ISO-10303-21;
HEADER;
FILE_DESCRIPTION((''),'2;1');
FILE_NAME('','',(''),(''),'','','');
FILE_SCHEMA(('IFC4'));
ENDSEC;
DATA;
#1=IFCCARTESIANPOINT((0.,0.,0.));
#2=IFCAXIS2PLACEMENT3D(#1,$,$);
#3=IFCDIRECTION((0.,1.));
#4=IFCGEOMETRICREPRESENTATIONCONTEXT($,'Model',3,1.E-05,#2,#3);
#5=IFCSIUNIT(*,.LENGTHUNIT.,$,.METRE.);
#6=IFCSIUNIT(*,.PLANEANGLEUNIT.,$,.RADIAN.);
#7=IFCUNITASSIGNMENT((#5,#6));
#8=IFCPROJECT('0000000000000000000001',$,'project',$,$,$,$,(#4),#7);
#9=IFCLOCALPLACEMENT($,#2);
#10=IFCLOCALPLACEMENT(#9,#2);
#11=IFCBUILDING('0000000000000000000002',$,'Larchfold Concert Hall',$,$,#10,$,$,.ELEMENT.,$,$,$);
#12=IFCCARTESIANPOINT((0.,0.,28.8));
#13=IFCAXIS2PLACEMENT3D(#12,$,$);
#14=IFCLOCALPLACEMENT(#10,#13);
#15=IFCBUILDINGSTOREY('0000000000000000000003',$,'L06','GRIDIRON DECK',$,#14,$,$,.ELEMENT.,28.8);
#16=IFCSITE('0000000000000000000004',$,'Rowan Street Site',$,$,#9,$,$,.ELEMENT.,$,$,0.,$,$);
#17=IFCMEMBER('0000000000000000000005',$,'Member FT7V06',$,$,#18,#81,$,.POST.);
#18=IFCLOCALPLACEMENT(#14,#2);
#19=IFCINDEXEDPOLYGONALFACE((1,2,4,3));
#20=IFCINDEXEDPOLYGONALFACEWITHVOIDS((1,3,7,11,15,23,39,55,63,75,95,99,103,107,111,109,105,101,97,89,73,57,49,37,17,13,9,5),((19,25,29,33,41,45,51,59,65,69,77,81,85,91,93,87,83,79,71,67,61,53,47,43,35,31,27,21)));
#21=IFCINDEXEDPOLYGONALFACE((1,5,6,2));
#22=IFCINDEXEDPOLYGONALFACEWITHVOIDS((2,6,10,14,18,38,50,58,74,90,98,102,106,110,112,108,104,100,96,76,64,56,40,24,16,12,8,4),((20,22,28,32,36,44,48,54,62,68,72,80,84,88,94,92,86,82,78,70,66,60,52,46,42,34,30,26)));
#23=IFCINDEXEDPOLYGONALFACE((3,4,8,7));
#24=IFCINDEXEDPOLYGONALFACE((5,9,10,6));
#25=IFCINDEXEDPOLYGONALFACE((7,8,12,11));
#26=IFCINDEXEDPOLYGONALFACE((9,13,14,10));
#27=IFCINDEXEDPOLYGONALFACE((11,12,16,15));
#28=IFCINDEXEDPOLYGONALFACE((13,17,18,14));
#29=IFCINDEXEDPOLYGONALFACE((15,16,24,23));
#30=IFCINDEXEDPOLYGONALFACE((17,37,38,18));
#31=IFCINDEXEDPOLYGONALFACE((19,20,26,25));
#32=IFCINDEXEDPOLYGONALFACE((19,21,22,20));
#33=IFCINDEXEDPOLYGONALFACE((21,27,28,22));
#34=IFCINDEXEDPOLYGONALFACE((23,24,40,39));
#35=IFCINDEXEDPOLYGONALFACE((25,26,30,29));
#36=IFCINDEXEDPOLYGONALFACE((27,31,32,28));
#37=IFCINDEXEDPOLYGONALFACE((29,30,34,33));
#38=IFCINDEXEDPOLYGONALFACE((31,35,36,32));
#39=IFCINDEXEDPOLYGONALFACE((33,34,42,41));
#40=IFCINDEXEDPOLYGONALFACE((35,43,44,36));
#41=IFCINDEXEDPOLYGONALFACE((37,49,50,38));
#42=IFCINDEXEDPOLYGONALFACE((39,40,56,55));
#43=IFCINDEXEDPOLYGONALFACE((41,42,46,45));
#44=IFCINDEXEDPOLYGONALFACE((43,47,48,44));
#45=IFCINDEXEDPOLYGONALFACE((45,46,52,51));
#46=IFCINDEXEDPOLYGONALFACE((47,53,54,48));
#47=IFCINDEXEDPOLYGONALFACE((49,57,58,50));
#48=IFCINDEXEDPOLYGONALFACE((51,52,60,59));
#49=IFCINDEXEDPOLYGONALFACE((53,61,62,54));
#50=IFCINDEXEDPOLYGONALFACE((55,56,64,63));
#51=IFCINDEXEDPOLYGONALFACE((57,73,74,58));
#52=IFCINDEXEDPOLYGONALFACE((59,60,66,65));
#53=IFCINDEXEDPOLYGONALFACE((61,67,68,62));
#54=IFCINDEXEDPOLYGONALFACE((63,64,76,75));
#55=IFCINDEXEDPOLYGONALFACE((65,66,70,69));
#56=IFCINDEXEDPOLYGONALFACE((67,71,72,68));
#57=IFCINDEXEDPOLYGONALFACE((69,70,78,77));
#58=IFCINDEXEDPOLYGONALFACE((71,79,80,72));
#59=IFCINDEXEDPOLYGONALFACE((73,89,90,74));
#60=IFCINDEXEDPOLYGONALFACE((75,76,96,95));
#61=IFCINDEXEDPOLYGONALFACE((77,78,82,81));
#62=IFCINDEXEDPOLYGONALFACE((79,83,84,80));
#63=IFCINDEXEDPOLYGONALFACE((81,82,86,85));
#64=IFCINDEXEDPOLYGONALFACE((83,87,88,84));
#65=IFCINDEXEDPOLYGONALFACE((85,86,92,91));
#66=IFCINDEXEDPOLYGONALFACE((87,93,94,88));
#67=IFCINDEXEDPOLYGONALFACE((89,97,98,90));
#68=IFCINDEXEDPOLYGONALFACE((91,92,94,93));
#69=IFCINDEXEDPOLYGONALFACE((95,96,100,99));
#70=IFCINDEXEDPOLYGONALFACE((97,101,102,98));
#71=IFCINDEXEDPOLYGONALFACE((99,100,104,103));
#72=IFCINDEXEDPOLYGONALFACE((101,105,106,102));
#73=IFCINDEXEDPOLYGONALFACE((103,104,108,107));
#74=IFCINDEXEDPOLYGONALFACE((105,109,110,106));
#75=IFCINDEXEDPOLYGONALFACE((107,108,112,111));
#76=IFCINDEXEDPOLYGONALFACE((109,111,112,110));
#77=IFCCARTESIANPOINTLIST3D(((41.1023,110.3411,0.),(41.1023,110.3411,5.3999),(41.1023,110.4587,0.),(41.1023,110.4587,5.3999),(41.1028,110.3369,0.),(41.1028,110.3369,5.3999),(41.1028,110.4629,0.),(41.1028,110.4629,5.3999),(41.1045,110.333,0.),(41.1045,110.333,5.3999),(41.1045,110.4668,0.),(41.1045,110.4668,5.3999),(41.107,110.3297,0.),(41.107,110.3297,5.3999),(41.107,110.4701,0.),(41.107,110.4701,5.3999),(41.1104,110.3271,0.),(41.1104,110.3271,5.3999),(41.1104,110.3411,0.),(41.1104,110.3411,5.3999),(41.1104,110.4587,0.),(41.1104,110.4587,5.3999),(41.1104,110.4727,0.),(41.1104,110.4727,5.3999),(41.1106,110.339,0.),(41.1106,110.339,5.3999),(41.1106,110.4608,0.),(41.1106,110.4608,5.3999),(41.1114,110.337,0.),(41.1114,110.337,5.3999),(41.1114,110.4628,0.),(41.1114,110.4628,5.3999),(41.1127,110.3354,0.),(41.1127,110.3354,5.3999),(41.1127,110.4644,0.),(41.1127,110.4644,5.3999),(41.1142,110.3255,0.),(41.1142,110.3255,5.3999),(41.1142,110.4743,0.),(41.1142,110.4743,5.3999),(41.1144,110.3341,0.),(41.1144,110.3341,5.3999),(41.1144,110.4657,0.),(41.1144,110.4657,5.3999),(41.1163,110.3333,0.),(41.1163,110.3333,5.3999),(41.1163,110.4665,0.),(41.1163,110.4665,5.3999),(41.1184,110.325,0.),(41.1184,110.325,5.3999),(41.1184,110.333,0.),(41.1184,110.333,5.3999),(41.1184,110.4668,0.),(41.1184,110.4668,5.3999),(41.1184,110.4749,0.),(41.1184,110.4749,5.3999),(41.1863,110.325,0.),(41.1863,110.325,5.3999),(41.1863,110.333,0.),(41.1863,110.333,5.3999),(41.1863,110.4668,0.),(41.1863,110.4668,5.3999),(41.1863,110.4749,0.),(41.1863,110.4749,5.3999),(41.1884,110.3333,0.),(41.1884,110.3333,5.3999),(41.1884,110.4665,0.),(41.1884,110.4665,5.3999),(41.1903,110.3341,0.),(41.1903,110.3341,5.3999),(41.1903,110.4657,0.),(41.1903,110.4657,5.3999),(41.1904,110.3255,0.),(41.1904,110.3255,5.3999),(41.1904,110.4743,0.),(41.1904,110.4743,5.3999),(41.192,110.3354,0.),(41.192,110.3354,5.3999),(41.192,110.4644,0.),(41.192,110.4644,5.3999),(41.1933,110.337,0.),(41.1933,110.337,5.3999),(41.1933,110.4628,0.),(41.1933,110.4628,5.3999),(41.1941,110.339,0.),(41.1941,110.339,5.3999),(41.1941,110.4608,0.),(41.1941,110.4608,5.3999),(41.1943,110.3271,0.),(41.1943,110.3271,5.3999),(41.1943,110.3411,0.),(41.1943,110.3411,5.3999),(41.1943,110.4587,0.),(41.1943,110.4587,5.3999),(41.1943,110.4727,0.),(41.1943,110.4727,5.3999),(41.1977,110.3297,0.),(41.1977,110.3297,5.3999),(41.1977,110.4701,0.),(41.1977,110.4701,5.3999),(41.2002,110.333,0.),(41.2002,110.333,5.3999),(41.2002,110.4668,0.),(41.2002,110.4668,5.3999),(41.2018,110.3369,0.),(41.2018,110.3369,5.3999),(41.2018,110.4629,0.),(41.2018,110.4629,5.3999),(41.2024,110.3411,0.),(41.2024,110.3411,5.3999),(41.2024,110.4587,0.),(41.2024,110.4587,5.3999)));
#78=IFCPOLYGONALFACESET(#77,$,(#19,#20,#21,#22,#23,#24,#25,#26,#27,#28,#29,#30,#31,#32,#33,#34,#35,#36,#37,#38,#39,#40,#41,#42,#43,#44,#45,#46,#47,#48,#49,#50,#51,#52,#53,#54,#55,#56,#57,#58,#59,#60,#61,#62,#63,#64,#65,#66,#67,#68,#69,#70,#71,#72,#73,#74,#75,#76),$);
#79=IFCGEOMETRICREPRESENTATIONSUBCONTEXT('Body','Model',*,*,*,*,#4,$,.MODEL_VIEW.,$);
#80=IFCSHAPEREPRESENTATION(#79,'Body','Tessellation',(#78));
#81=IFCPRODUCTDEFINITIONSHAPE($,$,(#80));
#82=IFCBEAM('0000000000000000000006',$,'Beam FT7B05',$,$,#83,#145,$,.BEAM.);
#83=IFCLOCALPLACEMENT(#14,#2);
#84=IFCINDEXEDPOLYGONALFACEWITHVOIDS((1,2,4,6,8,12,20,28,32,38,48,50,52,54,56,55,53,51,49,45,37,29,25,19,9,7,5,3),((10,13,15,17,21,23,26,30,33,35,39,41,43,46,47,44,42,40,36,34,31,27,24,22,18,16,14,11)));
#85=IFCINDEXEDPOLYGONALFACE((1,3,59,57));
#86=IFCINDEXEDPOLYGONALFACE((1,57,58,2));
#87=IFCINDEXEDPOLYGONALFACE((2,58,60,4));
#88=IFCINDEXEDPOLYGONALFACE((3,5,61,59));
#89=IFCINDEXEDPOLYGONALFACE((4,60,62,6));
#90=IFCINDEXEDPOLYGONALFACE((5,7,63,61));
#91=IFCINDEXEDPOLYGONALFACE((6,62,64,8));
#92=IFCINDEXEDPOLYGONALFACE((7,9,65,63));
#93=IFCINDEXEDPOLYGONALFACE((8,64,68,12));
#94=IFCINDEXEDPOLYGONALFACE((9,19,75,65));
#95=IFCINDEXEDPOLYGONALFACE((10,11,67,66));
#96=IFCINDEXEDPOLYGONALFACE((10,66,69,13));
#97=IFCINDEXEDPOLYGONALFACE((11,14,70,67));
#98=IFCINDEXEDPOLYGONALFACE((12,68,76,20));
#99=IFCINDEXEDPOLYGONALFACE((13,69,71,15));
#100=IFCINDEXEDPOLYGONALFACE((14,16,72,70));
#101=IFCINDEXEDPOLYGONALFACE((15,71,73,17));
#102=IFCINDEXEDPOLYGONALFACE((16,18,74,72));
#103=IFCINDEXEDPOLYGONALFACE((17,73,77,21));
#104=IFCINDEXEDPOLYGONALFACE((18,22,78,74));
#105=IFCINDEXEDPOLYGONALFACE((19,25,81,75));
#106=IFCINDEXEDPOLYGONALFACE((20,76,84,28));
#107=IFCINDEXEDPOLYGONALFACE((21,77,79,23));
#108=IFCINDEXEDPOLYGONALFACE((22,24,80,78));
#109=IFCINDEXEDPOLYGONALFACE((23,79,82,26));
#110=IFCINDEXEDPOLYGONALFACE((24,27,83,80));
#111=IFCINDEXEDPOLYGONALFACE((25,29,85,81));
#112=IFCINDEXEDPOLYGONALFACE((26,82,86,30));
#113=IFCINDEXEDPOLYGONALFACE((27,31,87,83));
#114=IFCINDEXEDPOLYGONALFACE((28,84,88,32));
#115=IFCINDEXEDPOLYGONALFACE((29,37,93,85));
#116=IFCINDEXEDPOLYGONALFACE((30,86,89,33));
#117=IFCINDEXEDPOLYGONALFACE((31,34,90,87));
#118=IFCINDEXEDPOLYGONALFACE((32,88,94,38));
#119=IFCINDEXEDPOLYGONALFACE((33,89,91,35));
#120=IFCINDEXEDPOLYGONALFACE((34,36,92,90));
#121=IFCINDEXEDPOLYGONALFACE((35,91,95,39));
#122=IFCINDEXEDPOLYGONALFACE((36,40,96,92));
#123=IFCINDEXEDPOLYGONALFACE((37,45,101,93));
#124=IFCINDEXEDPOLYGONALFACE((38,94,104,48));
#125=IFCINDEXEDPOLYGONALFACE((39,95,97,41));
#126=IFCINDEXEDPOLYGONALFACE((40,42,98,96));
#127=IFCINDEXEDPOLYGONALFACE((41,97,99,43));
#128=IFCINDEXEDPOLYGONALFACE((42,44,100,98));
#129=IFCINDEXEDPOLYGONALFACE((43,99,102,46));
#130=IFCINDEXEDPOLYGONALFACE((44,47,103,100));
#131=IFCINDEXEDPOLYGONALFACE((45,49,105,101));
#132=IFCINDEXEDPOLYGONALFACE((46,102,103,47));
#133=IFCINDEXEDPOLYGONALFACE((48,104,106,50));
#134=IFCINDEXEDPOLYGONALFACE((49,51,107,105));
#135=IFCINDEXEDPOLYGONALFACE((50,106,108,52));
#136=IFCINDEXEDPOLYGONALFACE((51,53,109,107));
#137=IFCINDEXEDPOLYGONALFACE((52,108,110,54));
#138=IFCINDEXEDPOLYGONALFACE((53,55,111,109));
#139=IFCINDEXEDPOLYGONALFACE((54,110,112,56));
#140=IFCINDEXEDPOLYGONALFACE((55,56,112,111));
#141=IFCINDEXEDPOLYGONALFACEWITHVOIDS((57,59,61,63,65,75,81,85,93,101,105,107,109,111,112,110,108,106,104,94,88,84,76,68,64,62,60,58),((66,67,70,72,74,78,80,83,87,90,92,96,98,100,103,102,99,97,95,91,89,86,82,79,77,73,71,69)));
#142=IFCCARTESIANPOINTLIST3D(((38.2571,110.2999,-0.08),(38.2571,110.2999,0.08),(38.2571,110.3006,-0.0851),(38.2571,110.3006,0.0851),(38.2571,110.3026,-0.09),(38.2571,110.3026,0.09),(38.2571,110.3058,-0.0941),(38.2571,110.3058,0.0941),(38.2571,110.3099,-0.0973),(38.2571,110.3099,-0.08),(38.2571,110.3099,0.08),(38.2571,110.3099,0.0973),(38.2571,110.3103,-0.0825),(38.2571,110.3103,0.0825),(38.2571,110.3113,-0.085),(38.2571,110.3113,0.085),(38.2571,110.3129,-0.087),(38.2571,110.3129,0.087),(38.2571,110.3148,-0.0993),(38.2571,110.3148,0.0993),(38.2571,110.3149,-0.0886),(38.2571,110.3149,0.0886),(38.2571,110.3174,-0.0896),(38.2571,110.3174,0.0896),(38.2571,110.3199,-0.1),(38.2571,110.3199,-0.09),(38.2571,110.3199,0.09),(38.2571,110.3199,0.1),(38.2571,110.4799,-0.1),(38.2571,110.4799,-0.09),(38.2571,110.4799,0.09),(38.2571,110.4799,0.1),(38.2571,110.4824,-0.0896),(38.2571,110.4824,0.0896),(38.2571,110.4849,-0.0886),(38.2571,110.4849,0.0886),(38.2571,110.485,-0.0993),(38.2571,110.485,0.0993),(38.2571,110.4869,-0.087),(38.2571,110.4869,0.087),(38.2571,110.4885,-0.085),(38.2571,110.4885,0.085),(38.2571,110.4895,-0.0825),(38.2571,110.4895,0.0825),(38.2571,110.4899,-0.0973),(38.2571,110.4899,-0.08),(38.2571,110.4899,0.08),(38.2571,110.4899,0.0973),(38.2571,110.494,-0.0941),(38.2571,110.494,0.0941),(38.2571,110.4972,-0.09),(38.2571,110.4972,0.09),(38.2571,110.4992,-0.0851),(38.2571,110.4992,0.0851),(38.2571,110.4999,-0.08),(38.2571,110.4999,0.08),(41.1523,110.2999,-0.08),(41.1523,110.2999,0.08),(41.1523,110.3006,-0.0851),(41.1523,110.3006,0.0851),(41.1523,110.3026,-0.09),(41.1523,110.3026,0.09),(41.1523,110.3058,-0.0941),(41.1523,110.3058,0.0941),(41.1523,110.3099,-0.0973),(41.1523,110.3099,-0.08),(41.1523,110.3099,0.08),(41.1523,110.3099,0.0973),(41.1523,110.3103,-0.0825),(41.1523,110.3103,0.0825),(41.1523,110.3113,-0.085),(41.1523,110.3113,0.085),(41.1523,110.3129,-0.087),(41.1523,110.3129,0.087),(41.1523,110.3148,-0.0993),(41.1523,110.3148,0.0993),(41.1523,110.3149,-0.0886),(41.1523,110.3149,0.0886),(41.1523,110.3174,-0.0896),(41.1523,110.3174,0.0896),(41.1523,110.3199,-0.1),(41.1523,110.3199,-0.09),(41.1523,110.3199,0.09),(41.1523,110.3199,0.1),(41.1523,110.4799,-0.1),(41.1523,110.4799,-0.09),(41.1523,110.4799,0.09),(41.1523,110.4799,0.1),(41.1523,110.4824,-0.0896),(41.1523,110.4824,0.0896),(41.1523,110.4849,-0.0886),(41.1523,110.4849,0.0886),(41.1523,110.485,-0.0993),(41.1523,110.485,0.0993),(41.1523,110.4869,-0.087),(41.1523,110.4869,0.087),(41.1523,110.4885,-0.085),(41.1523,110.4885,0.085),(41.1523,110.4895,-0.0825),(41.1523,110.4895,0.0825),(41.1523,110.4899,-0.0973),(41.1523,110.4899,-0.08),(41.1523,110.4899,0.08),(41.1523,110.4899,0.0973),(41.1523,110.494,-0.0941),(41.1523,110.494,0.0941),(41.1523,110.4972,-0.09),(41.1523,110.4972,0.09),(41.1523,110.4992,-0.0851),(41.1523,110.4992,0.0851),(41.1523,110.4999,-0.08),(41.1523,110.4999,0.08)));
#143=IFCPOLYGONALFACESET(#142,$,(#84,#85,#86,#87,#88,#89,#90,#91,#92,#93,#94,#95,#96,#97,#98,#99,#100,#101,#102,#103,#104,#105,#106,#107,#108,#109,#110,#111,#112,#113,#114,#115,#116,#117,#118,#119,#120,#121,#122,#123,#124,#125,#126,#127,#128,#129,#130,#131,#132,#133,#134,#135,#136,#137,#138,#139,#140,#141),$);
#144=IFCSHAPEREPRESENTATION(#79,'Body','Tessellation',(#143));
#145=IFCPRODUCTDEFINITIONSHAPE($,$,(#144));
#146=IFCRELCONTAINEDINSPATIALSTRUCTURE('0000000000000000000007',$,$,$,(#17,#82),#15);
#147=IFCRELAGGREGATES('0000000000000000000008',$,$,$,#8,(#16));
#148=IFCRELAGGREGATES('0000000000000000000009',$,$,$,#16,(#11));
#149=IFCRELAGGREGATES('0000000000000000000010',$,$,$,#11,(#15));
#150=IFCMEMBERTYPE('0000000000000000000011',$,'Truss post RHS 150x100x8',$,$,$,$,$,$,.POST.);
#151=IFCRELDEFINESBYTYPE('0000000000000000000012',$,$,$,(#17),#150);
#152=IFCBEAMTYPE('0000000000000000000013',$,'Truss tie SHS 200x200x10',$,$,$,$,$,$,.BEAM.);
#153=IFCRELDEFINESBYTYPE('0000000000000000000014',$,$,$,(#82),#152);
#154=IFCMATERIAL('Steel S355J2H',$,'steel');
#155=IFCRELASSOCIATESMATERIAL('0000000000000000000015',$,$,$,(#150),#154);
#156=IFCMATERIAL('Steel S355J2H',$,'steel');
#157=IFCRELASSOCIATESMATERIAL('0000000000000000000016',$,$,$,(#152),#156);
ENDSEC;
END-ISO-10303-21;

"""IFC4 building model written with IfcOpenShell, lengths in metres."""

from ifc_helpers import new_model, si_unit, direction, frame, origin, origin_2d, place, context, subcontext, project, spatial, hollow_rectangle, extrude, material, material_profile, profile_set, type_object, element, save


model = new_model("IFC4")

# Units and contexts
model_context = context("Model", 3, precision=1e-05, world=origin(), true_north=direction((0.0, 1.0)))
body_context = subcontext(model_context, "Body", "Model", "MODEL_VIEW")
ifc_project = project(units=[si_unit("LENGTHUNIT", "METRE"), si_unit("PLANEANGLEUNIT", "RADIAN")], contexts=[model_context])

# Site, building, storey
site_placement = place(None, origin())
site = spatial("IfcSite", under=ifc_project, at=site_placement, Name="Rowan Street Site", CompositionType="ELEMENT", RefElevation=0.0)
building_placement = place(site_placement, origin())
building = spatial("IfcBuilding", under=site, at=building_placement, Name="Larchfold Concert Hall", CompositionType="ELEMENT")
storey_placement = place(building_placement, frame((0.0, 0.0, 28.8)))
storey = spatial("IfcBuildingStorey", under=building, at=storey_placement, Name="L06", Description="GRIDIRON DECK", CompositionType="ELEMENT", Elevation=28.8)

# Member
ifc_material_1 = material(Name="Steel S355J2H", Category="steel")
ifc_material_profile_1 = material_profile(ifc_material_1, hollow_rectangle(XDim=0.1001, YDim=0.1499, WallThickness=0.0081, InnerFilletRadius=0.0081, OuterFilletRadius=0.0161, at=origin_2d()))
ifc_profile_set_1 = profile_set([ifc_material_profile_1], Name="Steel S355J2H")
member_type_1 = type_object("IfcMemberType", Name="Truss post RHS 150x100x8", PredefinedType="POST", material=ifc_profile_set_1)
for number, where, z_axis, x_axis, name in (
    (1, (41.1523, 110.3999, 5.3999), (0.0, 0.0, -1.0), (1.0, 0.0, 0.0), "Member FT7V06"),
):
    element("IfcMember", number, at=place(storey_placement, frame(where, z_axis=z_axis, x_axis=x_axis)), inside=storey, type_object=member_type_1, Name=name, PredefinedType="POST", context=body_context, shape_type="SweptSolid", body=[
        extrude(hollow_rectangle(XDim=0.1001, YDim=0.1499, WallThickness=0.0081, InnerFilletRadius=0.0081, OuterFilletRadius=0.0161, at=origin_2d()), origin(), (0.0, 0.0, 1.0), 5.3999),
    ])

# Beam
ifc_material_2 = material(Name="Steel S355J2H", Category="steel")
ifc_material_profile_2 = material_profile(ifc_material_2, hollow_rectangle(XDim=0.2, YDim=0.2, WallThickness=0.01, InnerFilletRadius=0.01, OuterFilletRadius=0.02, at=origin_2d()))
ifc_profile_set_2 = profile_set([ifc_material_profile_2], Name="Steel S355J2H")
beam_type_1 = type_object("IfcBeamType", Name="Truss tie SHS 200x200x10", PredefinedType="BEAM", material=ifc_profile_set_2)
beam_1_placement = place(storey_placement, frame((38.2571, 110.3999, 0.0), z_axis=(1.0, 0.0, 0.0), x_axis=(0.0, 1.0, 0.0)))
element("IfcBeam", 2, at=beam_1_placement, inside=storey, type_object=beam_type_1, Name="Beam FT7B05", PredefinedType="BEAM", context=body_context, shape_type="SweptSolid", body=[
    extrude(hollow_rectangle(XDim=0.2, YDim=0.2, WallThickness=0.01, InnerFilletRadius=0.01, OuterFilletRadius=0.02, at=origin_2d()), origin(), (0.0, 0.0, 1.0), 2.8953),
])

save(model, "model.ifc")
